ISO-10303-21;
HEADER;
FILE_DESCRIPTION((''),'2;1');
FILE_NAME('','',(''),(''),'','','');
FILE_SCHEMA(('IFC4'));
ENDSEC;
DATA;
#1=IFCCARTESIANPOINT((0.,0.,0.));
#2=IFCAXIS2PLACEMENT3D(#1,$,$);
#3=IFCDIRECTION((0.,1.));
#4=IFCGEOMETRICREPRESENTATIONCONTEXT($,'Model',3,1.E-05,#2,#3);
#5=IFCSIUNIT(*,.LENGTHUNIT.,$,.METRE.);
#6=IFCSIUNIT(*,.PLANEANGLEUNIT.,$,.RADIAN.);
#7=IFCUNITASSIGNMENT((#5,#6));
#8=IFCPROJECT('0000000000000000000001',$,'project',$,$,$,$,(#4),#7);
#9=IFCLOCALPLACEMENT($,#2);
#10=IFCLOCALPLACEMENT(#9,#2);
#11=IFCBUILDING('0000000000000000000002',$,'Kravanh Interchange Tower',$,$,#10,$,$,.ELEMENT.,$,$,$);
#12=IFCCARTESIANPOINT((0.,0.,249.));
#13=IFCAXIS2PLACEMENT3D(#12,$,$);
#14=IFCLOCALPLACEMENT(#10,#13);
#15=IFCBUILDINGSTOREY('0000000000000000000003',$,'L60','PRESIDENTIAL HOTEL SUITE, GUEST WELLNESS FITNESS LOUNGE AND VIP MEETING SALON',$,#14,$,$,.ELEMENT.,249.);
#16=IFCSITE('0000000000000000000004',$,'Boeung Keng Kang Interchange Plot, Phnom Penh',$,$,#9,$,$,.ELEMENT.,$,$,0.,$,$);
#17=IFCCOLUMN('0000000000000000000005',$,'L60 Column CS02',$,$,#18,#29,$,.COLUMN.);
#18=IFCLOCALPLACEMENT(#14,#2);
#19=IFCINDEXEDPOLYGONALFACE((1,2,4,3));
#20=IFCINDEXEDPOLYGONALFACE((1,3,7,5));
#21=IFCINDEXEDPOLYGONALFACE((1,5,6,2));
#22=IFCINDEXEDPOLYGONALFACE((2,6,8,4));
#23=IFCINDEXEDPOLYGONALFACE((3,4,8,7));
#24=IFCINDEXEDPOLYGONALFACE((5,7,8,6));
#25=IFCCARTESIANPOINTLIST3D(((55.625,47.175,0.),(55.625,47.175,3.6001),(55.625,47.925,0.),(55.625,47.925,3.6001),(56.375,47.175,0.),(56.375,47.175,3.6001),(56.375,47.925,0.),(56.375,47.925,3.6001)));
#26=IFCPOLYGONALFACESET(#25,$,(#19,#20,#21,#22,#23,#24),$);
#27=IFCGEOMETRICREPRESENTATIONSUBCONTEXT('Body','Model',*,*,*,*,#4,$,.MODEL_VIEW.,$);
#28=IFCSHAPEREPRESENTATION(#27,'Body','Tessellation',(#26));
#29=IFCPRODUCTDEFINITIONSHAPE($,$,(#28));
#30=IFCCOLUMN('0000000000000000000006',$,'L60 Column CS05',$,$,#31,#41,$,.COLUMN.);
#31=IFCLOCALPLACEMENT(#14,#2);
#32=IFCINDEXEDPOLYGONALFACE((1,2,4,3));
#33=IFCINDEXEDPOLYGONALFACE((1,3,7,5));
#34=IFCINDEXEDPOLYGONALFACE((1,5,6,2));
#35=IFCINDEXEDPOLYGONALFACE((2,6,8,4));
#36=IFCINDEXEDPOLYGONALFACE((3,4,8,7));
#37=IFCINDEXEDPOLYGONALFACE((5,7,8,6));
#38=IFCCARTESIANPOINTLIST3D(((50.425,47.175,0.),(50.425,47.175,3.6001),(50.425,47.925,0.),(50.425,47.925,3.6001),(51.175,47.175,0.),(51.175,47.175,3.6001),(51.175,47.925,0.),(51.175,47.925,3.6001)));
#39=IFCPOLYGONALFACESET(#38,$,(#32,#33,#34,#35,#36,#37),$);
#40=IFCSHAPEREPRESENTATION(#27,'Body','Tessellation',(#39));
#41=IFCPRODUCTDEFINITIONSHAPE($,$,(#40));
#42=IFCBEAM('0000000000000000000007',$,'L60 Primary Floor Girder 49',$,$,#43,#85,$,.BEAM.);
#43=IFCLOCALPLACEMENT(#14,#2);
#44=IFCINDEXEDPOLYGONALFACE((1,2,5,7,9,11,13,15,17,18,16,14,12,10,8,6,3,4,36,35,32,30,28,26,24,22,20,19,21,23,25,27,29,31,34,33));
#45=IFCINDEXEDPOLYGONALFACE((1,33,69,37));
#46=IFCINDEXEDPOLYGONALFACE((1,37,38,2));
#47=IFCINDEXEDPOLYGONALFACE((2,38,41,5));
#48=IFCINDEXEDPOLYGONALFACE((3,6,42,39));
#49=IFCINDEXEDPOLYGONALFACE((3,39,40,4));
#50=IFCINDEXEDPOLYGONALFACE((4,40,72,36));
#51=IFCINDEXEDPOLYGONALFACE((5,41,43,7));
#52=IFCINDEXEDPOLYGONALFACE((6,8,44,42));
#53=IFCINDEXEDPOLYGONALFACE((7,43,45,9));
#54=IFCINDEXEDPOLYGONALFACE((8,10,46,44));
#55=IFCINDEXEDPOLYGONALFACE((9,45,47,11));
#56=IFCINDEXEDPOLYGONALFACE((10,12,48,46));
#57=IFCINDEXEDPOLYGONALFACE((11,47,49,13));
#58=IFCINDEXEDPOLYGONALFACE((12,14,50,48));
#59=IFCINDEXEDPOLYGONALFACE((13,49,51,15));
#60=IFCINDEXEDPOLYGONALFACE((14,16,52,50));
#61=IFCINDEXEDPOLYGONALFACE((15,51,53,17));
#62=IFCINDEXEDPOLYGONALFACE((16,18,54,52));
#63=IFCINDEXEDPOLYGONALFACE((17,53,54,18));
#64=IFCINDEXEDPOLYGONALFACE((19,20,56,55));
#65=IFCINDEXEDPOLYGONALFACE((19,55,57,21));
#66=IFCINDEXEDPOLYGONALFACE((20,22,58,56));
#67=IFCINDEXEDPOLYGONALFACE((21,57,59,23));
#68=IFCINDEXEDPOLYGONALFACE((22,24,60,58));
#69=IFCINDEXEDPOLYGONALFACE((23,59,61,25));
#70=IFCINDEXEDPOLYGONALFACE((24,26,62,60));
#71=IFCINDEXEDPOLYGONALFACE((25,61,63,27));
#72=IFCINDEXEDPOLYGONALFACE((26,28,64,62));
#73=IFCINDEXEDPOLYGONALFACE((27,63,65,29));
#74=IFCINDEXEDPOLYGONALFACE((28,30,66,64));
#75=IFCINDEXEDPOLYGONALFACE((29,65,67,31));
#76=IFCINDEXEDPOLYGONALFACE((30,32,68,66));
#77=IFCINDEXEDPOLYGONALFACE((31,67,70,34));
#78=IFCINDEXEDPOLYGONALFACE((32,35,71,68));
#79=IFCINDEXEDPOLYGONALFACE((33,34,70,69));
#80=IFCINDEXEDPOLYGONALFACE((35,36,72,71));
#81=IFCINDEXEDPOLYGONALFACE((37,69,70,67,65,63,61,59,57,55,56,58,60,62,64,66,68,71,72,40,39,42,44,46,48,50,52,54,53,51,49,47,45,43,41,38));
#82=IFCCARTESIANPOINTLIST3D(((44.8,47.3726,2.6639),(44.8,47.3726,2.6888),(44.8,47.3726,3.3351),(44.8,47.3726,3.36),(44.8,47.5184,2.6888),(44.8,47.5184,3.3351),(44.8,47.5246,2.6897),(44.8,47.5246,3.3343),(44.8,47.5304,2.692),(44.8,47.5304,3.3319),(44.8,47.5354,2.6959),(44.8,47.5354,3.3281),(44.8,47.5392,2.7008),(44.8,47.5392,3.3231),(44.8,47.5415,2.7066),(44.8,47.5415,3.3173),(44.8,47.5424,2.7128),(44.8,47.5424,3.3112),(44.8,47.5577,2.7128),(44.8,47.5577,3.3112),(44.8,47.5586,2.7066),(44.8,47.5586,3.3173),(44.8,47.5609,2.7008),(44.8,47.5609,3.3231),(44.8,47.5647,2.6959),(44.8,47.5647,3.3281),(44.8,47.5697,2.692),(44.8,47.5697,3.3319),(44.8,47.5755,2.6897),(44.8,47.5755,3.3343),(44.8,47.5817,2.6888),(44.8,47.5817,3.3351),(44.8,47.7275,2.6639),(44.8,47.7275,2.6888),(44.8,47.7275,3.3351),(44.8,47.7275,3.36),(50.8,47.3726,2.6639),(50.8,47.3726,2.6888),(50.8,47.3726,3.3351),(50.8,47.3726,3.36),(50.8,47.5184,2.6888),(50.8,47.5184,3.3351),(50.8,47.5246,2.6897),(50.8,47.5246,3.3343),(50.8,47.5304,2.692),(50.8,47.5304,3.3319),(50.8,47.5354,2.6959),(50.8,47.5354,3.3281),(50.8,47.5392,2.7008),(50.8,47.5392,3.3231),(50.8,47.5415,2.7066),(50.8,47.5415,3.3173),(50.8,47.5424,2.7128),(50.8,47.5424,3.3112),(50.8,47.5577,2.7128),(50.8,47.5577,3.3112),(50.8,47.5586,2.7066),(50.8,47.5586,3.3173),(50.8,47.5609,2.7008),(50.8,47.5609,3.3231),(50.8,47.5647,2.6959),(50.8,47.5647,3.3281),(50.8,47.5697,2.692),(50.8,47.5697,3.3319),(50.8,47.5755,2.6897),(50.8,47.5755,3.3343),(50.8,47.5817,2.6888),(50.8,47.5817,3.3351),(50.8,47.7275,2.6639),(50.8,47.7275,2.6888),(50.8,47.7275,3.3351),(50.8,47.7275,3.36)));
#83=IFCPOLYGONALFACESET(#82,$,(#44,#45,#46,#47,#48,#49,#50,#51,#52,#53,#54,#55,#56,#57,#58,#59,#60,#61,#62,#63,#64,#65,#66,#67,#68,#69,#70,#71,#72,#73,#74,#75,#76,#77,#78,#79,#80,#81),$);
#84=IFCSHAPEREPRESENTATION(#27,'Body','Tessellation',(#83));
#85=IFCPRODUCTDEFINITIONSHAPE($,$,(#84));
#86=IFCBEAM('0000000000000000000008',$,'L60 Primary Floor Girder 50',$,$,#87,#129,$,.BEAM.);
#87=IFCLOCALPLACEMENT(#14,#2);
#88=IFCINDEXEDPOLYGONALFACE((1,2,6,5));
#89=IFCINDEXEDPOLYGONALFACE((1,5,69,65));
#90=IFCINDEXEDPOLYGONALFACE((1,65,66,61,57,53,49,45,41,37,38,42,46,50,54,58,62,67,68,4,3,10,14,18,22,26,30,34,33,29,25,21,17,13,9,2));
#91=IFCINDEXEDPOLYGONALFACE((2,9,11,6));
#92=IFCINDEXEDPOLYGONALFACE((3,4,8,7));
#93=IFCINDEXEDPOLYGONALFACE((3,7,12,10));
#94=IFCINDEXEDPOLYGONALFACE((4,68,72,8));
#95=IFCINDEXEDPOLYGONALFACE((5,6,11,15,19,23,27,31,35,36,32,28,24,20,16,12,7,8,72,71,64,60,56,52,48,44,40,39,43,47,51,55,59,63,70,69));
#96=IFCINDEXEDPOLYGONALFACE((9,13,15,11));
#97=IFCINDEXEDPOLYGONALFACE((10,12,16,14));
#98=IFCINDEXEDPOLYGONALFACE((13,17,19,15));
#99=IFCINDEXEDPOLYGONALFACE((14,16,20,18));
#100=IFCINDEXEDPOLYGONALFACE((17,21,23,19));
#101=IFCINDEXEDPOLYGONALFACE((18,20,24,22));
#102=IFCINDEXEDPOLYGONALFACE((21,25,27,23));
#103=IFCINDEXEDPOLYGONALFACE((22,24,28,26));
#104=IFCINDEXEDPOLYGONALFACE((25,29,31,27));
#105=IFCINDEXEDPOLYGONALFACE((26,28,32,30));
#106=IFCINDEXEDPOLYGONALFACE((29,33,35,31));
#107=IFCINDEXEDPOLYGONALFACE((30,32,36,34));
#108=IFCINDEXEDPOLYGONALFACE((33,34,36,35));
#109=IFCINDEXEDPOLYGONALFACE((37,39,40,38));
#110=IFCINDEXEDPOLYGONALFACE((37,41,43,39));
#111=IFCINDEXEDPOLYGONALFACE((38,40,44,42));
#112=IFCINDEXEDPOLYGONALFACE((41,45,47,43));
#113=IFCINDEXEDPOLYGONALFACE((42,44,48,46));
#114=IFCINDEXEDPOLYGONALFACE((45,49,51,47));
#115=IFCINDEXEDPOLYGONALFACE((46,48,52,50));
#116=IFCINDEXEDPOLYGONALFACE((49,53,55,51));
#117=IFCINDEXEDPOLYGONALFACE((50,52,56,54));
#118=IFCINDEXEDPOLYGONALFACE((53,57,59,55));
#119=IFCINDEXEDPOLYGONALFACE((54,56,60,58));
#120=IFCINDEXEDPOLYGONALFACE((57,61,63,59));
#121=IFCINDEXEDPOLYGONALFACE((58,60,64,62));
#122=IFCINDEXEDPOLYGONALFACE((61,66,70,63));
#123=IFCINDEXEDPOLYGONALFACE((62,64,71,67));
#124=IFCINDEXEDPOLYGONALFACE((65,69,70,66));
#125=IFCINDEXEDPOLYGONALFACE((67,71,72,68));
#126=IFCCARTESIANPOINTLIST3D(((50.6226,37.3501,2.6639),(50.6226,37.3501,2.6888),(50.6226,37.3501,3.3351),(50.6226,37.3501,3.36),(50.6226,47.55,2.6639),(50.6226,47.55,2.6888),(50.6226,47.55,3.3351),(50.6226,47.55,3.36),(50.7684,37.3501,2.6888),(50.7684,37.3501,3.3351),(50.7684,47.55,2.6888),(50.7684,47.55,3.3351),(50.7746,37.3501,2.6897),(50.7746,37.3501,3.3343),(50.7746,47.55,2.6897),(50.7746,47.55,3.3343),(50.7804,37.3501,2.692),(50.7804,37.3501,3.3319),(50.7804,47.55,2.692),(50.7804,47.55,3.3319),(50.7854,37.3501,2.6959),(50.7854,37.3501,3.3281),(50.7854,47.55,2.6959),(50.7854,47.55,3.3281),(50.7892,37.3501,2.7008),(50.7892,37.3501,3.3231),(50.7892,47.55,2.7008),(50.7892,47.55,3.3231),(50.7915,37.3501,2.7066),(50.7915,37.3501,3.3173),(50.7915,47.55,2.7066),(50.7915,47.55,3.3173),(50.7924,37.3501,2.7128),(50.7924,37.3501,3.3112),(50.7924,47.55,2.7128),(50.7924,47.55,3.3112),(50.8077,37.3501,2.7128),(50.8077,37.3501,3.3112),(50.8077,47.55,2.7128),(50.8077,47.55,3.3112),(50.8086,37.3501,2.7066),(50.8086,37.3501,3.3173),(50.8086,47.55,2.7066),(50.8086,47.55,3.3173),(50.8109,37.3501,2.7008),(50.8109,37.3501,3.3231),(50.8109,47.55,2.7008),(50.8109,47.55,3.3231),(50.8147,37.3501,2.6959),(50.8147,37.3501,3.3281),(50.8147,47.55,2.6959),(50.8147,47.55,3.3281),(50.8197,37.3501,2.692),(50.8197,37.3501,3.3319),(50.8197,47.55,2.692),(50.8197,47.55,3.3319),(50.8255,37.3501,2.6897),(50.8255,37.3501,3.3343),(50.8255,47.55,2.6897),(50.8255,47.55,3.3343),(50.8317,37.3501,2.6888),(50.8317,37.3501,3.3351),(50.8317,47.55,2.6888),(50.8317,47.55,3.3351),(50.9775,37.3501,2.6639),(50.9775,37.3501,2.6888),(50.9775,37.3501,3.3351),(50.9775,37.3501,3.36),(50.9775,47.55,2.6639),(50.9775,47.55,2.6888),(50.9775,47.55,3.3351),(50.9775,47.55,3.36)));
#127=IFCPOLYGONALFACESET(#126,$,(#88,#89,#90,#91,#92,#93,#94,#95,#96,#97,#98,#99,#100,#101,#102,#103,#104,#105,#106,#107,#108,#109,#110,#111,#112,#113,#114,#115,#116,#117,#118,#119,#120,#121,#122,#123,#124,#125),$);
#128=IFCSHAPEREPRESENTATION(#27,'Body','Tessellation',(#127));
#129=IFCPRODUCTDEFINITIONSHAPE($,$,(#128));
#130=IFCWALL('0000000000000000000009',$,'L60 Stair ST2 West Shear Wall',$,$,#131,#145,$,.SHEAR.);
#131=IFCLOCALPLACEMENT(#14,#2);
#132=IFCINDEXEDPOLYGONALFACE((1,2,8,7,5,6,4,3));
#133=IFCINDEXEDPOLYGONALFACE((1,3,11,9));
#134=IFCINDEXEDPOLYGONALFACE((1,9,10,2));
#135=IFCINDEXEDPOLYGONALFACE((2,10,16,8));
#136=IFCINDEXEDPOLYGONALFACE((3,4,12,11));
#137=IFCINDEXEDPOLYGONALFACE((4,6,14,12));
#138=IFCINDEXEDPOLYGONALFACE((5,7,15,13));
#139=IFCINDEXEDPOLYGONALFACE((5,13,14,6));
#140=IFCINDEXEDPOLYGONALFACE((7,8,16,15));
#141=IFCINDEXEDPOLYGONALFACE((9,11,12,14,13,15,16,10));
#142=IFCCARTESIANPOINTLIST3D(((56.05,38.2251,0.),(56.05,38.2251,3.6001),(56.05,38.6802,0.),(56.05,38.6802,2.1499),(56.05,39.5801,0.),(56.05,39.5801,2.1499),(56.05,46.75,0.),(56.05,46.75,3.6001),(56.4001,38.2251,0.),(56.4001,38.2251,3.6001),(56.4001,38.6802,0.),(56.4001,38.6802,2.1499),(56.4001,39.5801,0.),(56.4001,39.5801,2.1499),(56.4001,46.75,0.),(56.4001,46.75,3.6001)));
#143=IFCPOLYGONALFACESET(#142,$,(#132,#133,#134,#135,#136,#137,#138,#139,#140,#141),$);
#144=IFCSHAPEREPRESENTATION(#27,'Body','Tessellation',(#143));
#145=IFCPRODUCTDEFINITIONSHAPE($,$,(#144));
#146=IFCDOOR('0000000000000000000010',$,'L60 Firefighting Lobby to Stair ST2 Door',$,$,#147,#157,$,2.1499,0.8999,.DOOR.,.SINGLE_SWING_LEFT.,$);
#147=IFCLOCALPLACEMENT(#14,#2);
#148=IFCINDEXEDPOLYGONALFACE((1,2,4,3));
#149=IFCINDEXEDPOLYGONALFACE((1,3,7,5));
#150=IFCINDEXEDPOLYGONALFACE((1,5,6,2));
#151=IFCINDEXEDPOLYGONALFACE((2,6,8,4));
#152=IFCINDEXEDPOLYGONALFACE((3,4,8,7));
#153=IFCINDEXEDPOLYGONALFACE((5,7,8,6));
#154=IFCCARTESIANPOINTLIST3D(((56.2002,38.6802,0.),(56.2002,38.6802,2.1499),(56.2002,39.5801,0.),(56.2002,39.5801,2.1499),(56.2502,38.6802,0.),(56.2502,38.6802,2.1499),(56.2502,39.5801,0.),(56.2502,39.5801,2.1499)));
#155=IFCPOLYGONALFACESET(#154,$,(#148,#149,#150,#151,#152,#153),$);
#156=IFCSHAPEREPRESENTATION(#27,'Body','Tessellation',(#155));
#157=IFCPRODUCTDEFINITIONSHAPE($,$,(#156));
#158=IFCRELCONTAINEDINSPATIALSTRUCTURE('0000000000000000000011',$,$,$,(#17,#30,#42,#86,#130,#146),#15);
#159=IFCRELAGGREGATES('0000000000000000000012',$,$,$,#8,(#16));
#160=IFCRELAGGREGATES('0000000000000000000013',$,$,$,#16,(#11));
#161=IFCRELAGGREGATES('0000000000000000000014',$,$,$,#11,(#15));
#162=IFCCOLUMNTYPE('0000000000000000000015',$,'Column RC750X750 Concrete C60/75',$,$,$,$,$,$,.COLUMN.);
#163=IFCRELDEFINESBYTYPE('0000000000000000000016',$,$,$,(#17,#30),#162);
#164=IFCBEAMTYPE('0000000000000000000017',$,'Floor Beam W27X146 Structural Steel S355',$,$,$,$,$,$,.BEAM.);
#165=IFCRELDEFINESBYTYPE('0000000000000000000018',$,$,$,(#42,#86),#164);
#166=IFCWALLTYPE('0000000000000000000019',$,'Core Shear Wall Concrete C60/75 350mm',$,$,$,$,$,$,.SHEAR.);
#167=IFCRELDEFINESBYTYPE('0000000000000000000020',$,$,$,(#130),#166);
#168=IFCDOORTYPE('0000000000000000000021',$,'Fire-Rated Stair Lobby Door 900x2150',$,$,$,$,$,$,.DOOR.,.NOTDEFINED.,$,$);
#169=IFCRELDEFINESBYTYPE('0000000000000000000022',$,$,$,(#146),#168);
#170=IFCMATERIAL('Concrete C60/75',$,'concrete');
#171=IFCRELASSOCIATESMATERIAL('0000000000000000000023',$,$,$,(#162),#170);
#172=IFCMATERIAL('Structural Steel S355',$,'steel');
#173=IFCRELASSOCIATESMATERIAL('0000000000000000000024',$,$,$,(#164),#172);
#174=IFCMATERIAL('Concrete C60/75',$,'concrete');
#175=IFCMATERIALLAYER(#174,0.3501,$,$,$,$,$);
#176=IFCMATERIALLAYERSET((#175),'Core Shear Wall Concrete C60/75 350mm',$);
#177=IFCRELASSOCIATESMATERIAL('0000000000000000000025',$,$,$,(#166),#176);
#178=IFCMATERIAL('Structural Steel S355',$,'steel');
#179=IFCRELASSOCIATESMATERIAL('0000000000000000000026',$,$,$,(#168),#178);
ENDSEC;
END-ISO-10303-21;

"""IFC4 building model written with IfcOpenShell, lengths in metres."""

from ifc_helpers import new_model, si_unit, direction, frame, frame_2d, origin, origin_2d, place, context, subcontext, project, spatial, rectangle, i_section, extrude, material, layer, layer_set, material_profile, profile_set, type_object, element, fill, save


model = new_model("IFC4")

# Units and contexts
model_context = context("Model", 3, precision=1e-05, world=origin(), true_north=direction((0.0, 1.0)))
body_context = subcontext(model_context, "Body", "Model", "MODEL_VIEW")
ifc_project = project(units=[si_unit("LENGTHUNIT", "METRE"), si_unit("PLANEANGLEUNIT", "RADIAN")], contexts=[model_context])

# Site, building, storey
site_placement = place(None, origin())
site = spatial("IfcSite", under=ifc_project, at=site_placement, Name="Boeung Keng Kang Interchange Plot, Phnom Penh", CompositionType="ELEMENT", RefElevation=0.0)
building_placement = place(site_placement, origin())
building = spatial("IfcBuilding", under=site, at=building_placement, Name="Kravanh Interchange Tower", CompositionType="ELEMENT")
storey_placement = place(building_placement, frame((0.0, 0.0, 249.0)))
storey = spatial("IfcBuildingStorey", under=building, at=storey_placement, Name="L60", Description="PRESIDENTIAL HOTEL SUITE, GUEST WELLNESS FITNESS LOUNGE AND VIP MEETING SALON", CompositionType="ELEMENT", Elevation=249.0)

# Columns
ifc_material_1 = material(Name="Concrete C60/75", Category="concrete")
ifc_material_profile_1 = material_profile(ifc_material_1, rectangle(XDim=0.75, YDim=0.75, at=origin_2d()), Name="RC750X750")
ifc_profile_set_1 = profile_set([ifc_material_profile_1], Name="Concrete C60/75")
column_type = type_object("IfcColumnType", Name="Column RC750X750 Concrete C60/75", PredefinedType="COLUMN", material=ifc_profile_set_1)
for number, where, z_axis, x_axis, name in (
    (1, (56.0, 47.55, 0.0), (0.0, 0.0, 1.0), (1.0, 0.0, 0.0), "L60 Column CS02"),
    (2, (50.8, 47.55, 0.0), (0.0, 0.0, 1.0), (1.0, 0.0, 0.0), "L60 Column CS05"),
):
    element("IfcColumn", number, at=place(storey_placement, frame(where, z_axis=z_axis, x_axis=x_axis)), inside=storey, type_object=column_type, Name=name, PredefinedType="COLUMN", context=body_context, shape_type="SweptSolid", body=[
        extrude(rectangle(XDim=0.75, YDim=0.75, at=origin_2d()), origin(), (0.0, 0.0, 1.0), 3.6001),
    ])

# Beams
ifc_material_2 = material(Name="Structural Steel S355", Category="steel")
ifc_material_profile_2 = material_profile(ifc_material_2, i_section(OverallWidth=0.355, OverallDepth=0.696, WebThickness=0.0154, FlangeThickness=0.0249, FilletRadius=0.0239, at=origin_2d()), Name="W27X146")
ifc_profile_set_2 = profile_set([ifc_material_profile_2], Name="Structural Steel S355")
beam_type = type_object("IfcBeamType", Name="Floor Beam W27X146 Structural Steel S355", PredefinedType="BEAM", material=ifc_profile_set_2)
beam_1_placement = place(storey_placement, frame((50.8, 47.55, 3.012), z_axis=(-1.0, 0.0, 0.0), x_axis=(0.0, -1.0, 0.0)))
element("IfcBeam", 3, at=beam_1_placement, inside=storey, type_object=beam_type, Name="L60 Primary Floor Girder 49", PredefinedType="BEAM", context=body_context, shape_type="SweptSolid", body=[
    extrude(i_section(OverallWidth=0.355, OverallDepth=0.696, WebThickness=0.0154, FlangeThickness=0.0249, FilletRadius=0.0239, at=origin_2d()), origin(), (0.0, 0.0, 1.0), 6.0),
])
beam_2_placement = place(storey_placement, frame((50.8, 47.55, 3.012), z_axis=(0.0, -1.0, 0.0), x_axis=(1.0, 0.0, 0.0)))
element("IfcBeam", 4, at=beam_2_placement, inside=storey, type_object=beam_type, Name="L60 Primary Floor Girder 50", PredefinedType="BEAM", context=body_context, shape_type="SweptSolid", body=[
    extrude(i_section(OverallWidth=0.355, OverallDepth=0.696, WebThickness=0.0154, FlangeThickness=0.0249, FilletRadius=0.0239, at=origin_2d()), origin(), (0.0, 0.0, 1.0), 10.2),
])

# Wall, opening, door
ifc_material_3 = material(Name="Concrete C60/75", Category="concrete")
ifc_layer_1 = layer(ifc_material_3, 0.3501)
ifc_layer_set_1 = layer_set([ifc_layer_1], Name="Core Shear Wall Concrete C60/75 350mm")
wall_type = type_object("IfcWallType", Name="Core Shear Wall Concrete C60/75 350mm", PredefinedType="SHEAR", material=ifc_layer_set_1)
wall_1_placement = place(storey_placement, frame((56.2251, 38.2251, 0.0), z_axis=(0.0, 0.0, 1.0), x_axis=(0.0, 1.0, 0.0)))
wall_1 = element("IfcWall", 5, at=wall_1_placement, inside=storey, type_object=wall_type, Name="L60 Stair ST2 West Shear Wall", PredefinedType="SHEAR", context=body_context, shape_type="SweptSolid", body=[
    extrude(rectangle(XDim=8.5249, YDim=0.3501, at=frame_2d((4.2625, 0.0))), origin(), (0.0, 0.0, 1.0), 3.6001),
])
opening_1_placement = place(wall_1_placement, frame((0.4551, 0.0, 0.0)))
opening_1 = element("IfcOpeningElement", 6, at=opening_1_placement, cuts=wall_1, PredefinedType="OPENING", context=body_context, shape_type="SweptSolid", body=[
    extrude(rectangle(XDim=0.8999, YDim=2.1499, at=frame_2d((0.45, 1.075))), frame((0.0, 0.1851, 0.0), z_axis=(0.0, -1.0, 0.0), x_axis=(1.0, 0.0, 0.0)), (0.0, 0.0, 1.0), 0.3701),
])
ifc_material_4 = material(Name="Structural Steel S355", Category="steel")
door_type_1 = type_object("IfcDoorType", Name="Fire-Rated Stair Lobby Door 900x2150", OperationType="NOTDEFINED", PredefinedType="DOOR", material=ifc_material_4)
door_1_placement = place(opening_1_placement, origin())
door_1 = element("IfcDoor", 7, at=door_1_placement, inside=storey, type_object=door_type_1, Name="L60 Firefighting Lobby to Stair ST2 Door", OperationType="SINGLE_SWING_LEFT", OverallHeight=2.1499, OverallWidth=0.8999, PredefinedType="DOOR", context=body_context, shape_type="SweptSolid", body=[
    extrude(rectangle(XDim=0.8999, YDim=2.1499, at=frame_2d((0.45, 1.075))), frame((0.0, 0.0249, 0.0), z_axis=(0.0, -1.0, 0.0), x_axis=(1.0, 0.0, 0.0)), (0.0, 0.0, 1.0), 0.05),
])
fill(opening_1, door_1)

save(model, "model.ifc")
